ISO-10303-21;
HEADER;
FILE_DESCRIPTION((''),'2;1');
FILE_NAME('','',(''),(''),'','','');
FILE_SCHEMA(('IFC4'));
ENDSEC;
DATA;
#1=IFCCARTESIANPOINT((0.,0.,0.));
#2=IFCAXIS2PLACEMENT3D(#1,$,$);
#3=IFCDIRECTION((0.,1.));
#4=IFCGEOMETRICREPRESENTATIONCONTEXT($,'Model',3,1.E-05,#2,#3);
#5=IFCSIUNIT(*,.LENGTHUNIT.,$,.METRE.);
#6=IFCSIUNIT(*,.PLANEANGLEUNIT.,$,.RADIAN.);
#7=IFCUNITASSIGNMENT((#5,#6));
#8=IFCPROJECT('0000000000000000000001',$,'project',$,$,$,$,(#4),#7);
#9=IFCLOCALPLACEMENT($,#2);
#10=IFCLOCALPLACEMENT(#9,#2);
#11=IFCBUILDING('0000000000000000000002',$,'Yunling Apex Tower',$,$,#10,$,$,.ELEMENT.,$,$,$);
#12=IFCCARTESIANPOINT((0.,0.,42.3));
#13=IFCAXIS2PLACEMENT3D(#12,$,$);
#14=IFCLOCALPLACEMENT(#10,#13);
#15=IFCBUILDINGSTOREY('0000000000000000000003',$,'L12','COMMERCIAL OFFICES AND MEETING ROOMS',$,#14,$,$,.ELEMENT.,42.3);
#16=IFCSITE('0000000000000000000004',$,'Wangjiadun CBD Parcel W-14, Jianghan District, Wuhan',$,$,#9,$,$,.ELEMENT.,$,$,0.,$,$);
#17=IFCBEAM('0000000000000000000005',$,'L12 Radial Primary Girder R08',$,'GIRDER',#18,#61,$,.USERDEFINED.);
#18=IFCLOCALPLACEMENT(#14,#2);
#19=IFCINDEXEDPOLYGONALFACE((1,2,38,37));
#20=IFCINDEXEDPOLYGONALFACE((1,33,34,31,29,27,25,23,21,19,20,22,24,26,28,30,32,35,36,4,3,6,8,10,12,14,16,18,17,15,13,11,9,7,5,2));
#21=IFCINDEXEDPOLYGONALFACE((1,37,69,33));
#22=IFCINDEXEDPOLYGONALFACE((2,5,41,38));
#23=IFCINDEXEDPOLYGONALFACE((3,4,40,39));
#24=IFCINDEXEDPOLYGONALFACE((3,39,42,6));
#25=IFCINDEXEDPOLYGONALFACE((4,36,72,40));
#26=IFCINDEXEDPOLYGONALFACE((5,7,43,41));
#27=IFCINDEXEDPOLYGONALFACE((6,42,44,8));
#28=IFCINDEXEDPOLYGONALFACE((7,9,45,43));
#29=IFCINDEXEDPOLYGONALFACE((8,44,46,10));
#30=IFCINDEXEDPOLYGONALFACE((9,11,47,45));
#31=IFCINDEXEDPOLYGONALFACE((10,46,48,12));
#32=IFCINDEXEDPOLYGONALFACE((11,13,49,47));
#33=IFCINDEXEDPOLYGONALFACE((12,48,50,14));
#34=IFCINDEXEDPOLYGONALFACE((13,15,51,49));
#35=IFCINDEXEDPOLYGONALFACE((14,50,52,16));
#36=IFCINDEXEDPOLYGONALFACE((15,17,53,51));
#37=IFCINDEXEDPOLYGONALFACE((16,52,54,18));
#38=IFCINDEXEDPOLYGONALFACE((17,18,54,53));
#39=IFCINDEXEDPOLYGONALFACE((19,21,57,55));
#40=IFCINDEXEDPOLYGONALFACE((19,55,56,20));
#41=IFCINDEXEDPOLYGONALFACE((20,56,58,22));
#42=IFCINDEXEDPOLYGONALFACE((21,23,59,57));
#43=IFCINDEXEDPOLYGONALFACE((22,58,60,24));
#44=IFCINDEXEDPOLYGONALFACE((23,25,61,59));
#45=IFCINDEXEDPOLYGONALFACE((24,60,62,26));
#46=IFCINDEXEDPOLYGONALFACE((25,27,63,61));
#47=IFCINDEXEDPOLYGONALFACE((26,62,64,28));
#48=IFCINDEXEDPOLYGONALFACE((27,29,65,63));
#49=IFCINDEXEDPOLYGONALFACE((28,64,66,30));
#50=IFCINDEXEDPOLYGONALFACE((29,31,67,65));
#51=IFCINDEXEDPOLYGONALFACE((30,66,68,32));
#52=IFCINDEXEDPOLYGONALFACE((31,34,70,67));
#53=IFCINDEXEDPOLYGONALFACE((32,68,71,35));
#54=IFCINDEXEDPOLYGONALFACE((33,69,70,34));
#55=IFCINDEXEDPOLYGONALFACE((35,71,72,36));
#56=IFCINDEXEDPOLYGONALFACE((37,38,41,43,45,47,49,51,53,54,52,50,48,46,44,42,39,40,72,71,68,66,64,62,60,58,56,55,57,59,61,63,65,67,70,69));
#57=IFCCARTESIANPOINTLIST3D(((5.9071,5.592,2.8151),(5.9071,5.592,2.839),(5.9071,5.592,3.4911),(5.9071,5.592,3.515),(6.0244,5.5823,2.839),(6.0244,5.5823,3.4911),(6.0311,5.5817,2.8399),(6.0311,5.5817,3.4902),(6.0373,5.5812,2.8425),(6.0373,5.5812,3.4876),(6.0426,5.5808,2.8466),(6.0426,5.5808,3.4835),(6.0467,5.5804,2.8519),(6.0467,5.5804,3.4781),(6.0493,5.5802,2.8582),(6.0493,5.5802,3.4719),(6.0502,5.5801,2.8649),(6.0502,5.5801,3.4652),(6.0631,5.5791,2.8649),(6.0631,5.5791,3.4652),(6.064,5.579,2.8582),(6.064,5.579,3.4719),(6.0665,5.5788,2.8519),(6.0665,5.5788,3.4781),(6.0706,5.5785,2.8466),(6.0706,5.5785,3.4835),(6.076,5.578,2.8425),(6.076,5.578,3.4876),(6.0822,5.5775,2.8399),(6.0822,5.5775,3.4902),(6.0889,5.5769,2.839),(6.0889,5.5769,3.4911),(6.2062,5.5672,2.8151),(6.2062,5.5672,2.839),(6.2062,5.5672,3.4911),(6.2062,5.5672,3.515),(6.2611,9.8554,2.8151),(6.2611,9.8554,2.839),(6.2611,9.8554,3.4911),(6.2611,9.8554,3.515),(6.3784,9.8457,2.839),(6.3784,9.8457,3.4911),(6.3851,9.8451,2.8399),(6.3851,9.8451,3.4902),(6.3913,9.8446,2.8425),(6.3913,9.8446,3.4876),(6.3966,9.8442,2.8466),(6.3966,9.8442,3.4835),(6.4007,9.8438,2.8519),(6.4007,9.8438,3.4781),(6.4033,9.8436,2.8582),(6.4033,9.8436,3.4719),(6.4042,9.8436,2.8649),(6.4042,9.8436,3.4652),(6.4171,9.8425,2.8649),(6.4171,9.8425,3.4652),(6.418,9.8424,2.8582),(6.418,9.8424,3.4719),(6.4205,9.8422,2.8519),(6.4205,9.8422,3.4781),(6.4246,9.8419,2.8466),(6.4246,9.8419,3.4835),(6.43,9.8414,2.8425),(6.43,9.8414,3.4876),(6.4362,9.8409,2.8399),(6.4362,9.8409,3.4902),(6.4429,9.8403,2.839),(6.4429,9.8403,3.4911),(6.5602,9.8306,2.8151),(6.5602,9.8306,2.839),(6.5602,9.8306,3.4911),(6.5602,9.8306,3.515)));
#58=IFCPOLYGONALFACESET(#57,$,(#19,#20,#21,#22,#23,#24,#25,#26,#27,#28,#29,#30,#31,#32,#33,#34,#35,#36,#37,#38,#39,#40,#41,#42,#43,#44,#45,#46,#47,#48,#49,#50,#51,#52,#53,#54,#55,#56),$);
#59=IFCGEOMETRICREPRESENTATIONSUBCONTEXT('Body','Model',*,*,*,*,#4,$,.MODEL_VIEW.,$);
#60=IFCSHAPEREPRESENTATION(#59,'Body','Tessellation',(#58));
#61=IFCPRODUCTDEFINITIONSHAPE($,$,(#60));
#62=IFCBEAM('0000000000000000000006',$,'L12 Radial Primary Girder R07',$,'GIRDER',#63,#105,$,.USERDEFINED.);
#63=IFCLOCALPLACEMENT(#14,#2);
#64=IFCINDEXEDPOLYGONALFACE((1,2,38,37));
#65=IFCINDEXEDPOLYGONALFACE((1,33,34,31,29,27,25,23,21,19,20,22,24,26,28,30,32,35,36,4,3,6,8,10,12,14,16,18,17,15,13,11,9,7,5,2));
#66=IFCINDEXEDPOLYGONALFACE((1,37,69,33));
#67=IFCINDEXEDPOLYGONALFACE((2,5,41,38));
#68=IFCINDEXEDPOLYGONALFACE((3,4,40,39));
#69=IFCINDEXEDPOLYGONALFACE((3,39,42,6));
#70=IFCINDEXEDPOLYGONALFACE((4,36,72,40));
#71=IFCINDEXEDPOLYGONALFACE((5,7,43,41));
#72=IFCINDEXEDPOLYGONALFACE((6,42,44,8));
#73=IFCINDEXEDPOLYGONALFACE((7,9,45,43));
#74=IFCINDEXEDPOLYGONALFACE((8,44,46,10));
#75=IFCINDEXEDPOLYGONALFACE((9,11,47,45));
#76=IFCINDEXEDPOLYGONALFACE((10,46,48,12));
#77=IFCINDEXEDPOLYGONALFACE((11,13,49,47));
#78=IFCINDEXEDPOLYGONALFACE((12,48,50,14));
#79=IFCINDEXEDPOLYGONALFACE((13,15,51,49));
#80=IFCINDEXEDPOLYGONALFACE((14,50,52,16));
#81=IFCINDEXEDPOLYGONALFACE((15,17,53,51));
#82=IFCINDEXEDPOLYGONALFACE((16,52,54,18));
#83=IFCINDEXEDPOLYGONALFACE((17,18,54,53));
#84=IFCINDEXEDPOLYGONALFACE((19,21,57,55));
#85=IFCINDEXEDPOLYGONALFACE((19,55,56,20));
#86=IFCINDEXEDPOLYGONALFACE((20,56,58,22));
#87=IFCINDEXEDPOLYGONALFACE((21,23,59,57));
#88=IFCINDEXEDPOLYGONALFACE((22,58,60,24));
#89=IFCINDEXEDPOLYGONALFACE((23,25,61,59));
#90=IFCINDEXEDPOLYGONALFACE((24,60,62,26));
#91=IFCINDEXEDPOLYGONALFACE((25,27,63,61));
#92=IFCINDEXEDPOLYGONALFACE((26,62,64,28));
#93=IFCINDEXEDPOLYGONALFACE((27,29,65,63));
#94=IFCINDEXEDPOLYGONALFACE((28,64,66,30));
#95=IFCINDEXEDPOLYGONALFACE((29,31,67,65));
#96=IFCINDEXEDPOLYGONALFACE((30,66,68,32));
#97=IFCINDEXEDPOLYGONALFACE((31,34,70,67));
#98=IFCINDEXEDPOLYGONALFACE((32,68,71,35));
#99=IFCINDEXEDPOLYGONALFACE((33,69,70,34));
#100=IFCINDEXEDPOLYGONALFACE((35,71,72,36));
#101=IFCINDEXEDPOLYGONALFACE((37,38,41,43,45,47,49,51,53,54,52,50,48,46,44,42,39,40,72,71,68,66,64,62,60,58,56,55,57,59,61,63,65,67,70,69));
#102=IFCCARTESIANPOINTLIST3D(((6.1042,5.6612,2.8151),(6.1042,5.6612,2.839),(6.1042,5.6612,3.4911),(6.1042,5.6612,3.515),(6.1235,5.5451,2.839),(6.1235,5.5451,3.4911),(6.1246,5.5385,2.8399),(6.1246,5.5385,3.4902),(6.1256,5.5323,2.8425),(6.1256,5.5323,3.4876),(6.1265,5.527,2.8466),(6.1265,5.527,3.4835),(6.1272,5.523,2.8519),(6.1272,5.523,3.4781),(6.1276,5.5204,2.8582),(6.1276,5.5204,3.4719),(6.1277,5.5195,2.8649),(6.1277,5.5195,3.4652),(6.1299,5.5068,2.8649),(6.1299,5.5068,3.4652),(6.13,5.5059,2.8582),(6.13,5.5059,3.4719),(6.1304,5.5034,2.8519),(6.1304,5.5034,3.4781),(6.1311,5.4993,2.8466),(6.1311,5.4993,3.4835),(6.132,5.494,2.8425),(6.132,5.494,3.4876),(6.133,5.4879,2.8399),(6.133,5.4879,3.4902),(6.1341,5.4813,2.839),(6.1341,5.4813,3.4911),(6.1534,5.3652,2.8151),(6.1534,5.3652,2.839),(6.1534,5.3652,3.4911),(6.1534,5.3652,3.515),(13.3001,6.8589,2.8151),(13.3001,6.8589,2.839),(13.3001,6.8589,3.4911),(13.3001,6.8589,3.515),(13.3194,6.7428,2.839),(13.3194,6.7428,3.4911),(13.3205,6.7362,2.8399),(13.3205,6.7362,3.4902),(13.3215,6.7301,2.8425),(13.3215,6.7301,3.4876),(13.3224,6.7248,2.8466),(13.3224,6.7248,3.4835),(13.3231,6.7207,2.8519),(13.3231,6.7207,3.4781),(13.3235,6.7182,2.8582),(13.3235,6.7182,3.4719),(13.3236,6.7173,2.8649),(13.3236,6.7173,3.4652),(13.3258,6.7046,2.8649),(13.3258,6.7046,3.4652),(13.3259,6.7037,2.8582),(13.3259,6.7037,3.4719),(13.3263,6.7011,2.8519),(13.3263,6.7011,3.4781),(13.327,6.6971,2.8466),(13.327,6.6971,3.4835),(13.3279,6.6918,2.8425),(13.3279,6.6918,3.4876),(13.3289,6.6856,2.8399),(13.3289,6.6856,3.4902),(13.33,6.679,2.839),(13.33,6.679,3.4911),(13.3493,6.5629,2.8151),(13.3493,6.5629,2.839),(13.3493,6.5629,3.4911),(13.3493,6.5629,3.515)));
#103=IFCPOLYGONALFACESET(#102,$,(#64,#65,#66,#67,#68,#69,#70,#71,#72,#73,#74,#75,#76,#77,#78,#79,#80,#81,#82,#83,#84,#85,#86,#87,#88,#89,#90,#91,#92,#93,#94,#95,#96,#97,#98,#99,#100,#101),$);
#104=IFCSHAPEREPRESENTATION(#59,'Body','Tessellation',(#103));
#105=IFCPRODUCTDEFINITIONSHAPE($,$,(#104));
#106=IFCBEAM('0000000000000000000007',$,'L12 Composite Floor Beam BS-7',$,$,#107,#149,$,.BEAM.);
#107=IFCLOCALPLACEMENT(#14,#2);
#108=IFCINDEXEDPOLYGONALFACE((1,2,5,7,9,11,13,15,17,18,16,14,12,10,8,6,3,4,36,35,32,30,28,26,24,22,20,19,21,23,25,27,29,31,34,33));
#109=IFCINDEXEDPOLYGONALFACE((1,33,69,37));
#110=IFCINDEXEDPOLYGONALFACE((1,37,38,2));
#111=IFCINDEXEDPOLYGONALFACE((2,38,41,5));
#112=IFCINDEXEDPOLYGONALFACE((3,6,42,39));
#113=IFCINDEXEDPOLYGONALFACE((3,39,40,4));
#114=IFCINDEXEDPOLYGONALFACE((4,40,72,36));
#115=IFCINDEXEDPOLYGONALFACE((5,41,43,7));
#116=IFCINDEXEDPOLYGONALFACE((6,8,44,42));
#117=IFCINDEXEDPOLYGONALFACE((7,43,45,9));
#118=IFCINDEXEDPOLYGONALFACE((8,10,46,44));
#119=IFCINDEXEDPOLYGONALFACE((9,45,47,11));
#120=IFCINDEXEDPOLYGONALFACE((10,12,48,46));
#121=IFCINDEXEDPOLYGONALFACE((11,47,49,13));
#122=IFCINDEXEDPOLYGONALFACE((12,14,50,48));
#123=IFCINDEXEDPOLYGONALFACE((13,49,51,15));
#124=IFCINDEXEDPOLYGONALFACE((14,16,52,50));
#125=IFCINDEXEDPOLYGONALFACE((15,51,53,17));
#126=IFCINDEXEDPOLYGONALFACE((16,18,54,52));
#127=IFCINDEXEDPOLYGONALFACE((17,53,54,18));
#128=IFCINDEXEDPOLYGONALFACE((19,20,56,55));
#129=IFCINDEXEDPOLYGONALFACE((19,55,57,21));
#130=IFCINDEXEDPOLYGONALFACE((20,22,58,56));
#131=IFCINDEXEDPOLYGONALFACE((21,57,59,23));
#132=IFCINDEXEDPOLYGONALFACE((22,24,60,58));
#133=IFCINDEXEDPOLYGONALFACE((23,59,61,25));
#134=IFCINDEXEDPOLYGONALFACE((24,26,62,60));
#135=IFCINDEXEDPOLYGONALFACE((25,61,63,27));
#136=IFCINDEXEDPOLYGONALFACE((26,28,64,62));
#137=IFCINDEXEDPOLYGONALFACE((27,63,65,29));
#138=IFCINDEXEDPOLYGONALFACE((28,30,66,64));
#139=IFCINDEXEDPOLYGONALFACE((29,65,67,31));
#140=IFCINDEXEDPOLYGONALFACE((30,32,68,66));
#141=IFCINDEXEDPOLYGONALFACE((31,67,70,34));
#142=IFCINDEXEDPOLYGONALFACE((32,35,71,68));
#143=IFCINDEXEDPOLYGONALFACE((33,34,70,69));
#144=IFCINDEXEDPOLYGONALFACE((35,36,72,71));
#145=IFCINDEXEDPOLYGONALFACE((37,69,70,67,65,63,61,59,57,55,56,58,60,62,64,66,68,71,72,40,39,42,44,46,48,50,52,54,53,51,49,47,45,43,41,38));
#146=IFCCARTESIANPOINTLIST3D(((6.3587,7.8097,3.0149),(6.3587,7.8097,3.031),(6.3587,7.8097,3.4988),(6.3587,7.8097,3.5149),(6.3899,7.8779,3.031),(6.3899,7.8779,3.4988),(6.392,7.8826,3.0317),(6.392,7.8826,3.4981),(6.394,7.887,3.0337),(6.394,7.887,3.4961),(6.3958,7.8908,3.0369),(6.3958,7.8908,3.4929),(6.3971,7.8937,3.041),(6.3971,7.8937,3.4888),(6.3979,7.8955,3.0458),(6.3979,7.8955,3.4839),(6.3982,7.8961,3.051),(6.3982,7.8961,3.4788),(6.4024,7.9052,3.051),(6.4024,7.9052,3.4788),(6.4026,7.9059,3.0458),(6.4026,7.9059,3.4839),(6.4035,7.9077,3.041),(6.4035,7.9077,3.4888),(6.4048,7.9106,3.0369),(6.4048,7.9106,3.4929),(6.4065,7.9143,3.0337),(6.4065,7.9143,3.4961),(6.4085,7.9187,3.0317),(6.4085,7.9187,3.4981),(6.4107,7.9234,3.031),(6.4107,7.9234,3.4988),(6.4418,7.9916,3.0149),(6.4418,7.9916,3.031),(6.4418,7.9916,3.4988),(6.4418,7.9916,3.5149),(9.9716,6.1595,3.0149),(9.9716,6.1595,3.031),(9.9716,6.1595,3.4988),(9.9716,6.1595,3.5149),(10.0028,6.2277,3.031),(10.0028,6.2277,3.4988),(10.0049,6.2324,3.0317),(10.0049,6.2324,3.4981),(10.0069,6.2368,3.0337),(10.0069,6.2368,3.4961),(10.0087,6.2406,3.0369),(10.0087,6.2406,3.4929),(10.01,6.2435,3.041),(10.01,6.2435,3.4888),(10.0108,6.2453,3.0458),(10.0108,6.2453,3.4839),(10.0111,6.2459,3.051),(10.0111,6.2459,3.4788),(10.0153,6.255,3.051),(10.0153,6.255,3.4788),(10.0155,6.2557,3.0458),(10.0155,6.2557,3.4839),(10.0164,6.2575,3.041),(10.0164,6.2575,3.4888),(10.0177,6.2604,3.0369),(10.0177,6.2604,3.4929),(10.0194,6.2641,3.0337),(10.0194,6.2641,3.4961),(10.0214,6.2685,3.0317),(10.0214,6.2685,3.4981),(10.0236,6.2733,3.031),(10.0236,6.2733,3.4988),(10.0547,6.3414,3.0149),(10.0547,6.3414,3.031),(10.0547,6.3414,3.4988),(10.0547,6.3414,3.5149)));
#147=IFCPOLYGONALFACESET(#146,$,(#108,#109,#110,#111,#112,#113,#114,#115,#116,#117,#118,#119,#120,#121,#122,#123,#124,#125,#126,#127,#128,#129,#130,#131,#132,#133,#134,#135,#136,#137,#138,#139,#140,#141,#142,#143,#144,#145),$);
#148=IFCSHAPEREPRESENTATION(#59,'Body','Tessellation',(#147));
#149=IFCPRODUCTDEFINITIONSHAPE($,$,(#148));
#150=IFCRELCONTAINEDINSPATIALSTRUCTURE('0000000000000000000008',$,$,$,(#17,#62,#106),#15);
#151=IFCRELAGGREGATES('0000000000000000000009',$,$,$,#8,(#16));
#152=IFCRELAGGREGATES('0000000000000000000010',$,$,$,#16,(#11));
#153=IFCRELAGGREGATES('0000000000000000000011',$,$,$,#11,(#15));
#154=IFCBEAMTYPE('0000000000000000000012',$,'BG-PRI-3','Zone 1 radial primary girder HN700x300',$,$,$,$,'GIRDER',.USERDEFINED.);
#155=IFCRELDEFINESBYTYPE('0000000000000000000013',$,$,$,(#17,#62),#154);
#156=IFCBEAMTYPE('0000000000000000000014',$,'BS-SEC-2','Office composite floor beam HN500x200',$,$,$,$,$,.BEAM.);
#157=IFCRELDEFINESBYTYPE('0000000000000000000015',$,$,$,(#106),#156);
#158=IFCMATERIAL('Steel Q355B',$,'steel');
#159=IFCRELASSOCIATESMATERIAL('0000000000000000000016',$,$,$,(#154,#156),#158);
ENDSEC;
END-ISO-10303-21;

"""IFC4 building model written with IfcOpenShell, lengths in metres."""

from ifc_helpers import new_model, si_unit, direction, frame, origin, origin_2d, place, context, subcontext, project, spatial, i_section, extrude, source, transform, mapped, material, material_profile, profile_set, type_object, element, save


model = new_model("IFC4")

# Units and contexts
model_context = context("Model", 3, precision=1e-05, world=origin(), true_north=direction((0.0, 1.0)))
body_context = subcontext(model_context, "Body", "Model", "MODEL_VIEW")
ifc_project = project(units=[si_unit("LENGTHUNIT", "METRE"), si_unit("PLANEANGLEUNIT", "RADIAN")], contexts=[model_context])

# Site, building, storey
site_placement = place(None, origin())
site = spatial("IfcSite", under=ifc_project, at=site_placement, Name="Wangjiadun CBD Parcel W-14, Jianghan District, Wuhan", CompositionType="ELEMENT", RefElevation=0.0)
building_placement = place(site_placement, origin())
building = spatial("IfcBuilding", under=site, at=building_placement, Name="Yunling Apex Tower", CompositionType="ELEMENT")
storey_placement = place(building_placement, frame((0.0, 0.0, 42.3)))
storey = spatial("IfcBuildingStorey", under=building, at=storey_placement, Name="L12", Description="COMMERCIAL OFFICES AND MEETING ROOMS", CompositionType="ELEMENT", Elevation=42.3)

# Beams
ifc_material_1 = material(Name="Steel Q355B", Category="steel")
ifc_material_profile_1 = material_profile(ifc_material_1, i_section(OverallWidth=0.3, OverallDepth=0.7, WebThickness=0.0129, FlangeThickness=0.0239, FilletRadius=0.0259, at=origin_2d()))
ifc_profile_set_1 = profile_set([ifc_material_profile_1], Name="Steel Q355B")
beam_type_1 = type_object("IfcBeamType", Name="BG-PRI-3", Description="Zone 1 radial primary girder HN700x300", ElementType="GIRDER", PredefinedType="USERDEFINED", material=ifc_profile_set_1)
shared_shape_1 = source(origin(), body_context, "Body", "SweptSolid", [
    extrude(i_section(OverallWidth=0.3, OverallDepth=0.7, WebThickness=0.0129, FlangeThickness=0.0239, FilletRadius=0.0259, at=origin_2d()), origin(), (0.0, 0.0, 1.0), 4.2781),
])
beam_1_placement = place(storey_placement, frame((6.4106, 9.843, 3.165), z_axis=(-0.082748, -0.996571, 0.0), x_axis=(0.996571, -0.082748, 0.0)))
element("IfcBeam", 1, at=beam_1_placement, inside=storey, type_object=beam_type_1, Name="L12 Radial Primary Girder R08", ObjectType="GIRDER", PredefinedType="USERDEFINED", context=body_context, shape_type="MappedRepresentation", body=[
    mapped(shared_shape_1, transform((0.0, 0.0, 0.0), scale=1.0)),
])
shared_shape_2 = source(origin(), body_context, "Body", "SweptSolid", [
    extrude(i_section(OverallWidth=0.3, OverallDepth=0.7, WebThickness=0.0129, FlangeThickness=0.0239, FilletRadius=0.0259, at=origin_2d()), origin(), (0.0, 0.0, 1.0), 7.2949),
])
beam_2_placement = place(storey_placement, frame((13.3247, 6.7109, 3.165), z_axis=(-0.986428, -0.164193, 0.0), x_axis=(0.164193, -0.986428, 0.0)))
element("IfcBeam", 2, at=beam_2_placement, inside=storey, type_object=beam_type_1, Name="L12 Radial Primary Girder R07", ObjectType="GIRDER", PredefinedType="USERDEFINED", context=body_context, shape_type="MappedRepresentation", body=[
    mapped(shared_shape_2, transform((0.0, 0.0, 0.0), scale=1.0)),
])
ifc_material_profile_2 = material_profile(ifc_material_1, i_section(OverallWidth=0.2, OverallDepth=0.5, WebThickness=0.01, FlangeThickness=0.0161, FilletRadius=0.02, at=origin_2d()))
ifc_profile_set_2 = profile_set([ifc_material_profile_2], Name="Steel Q355B")
beam_type_2 = type_object("IfcBeamType", Name="BS-SEC-2", Description="Office composite floor beam HN500x200", PredefinedType="BEAM", material=ifc_profile_set_2)
shared_shape_3 = source(origin(), body_context, "Body", "SweptSolid", [
    extrude(i_section(OverallWidth=0.2, OverallDepth=0.5, WebThickness=0.01, FlangeThickness=0.0161, FilletRadius=0.02, at=origin_2d()), origin(), (0.0, 0.0, 1.0), 3.9719),
])
beam_3_placement = place(storey_placement, frame((10.0132, 6.2505, 3.2649), z_axis=(-0.909609, 0.415465, 0.0), x_axis=(-0.415465, -0.909609, 0.0)))
element("IfcBeam", 3, at=beam_3_placement, inside=storey, type_object=beam_type_2, Name="L12 Composite Floor Beam BS-7", PredefinedType="BEAM", context=body_context, shape_type="MappedRepresentation", body=[
    mapped(shared_shape_3, transform((0.0, 0.0, 0.0), scale=1.0)),
])

save(model, "model.ifc")
